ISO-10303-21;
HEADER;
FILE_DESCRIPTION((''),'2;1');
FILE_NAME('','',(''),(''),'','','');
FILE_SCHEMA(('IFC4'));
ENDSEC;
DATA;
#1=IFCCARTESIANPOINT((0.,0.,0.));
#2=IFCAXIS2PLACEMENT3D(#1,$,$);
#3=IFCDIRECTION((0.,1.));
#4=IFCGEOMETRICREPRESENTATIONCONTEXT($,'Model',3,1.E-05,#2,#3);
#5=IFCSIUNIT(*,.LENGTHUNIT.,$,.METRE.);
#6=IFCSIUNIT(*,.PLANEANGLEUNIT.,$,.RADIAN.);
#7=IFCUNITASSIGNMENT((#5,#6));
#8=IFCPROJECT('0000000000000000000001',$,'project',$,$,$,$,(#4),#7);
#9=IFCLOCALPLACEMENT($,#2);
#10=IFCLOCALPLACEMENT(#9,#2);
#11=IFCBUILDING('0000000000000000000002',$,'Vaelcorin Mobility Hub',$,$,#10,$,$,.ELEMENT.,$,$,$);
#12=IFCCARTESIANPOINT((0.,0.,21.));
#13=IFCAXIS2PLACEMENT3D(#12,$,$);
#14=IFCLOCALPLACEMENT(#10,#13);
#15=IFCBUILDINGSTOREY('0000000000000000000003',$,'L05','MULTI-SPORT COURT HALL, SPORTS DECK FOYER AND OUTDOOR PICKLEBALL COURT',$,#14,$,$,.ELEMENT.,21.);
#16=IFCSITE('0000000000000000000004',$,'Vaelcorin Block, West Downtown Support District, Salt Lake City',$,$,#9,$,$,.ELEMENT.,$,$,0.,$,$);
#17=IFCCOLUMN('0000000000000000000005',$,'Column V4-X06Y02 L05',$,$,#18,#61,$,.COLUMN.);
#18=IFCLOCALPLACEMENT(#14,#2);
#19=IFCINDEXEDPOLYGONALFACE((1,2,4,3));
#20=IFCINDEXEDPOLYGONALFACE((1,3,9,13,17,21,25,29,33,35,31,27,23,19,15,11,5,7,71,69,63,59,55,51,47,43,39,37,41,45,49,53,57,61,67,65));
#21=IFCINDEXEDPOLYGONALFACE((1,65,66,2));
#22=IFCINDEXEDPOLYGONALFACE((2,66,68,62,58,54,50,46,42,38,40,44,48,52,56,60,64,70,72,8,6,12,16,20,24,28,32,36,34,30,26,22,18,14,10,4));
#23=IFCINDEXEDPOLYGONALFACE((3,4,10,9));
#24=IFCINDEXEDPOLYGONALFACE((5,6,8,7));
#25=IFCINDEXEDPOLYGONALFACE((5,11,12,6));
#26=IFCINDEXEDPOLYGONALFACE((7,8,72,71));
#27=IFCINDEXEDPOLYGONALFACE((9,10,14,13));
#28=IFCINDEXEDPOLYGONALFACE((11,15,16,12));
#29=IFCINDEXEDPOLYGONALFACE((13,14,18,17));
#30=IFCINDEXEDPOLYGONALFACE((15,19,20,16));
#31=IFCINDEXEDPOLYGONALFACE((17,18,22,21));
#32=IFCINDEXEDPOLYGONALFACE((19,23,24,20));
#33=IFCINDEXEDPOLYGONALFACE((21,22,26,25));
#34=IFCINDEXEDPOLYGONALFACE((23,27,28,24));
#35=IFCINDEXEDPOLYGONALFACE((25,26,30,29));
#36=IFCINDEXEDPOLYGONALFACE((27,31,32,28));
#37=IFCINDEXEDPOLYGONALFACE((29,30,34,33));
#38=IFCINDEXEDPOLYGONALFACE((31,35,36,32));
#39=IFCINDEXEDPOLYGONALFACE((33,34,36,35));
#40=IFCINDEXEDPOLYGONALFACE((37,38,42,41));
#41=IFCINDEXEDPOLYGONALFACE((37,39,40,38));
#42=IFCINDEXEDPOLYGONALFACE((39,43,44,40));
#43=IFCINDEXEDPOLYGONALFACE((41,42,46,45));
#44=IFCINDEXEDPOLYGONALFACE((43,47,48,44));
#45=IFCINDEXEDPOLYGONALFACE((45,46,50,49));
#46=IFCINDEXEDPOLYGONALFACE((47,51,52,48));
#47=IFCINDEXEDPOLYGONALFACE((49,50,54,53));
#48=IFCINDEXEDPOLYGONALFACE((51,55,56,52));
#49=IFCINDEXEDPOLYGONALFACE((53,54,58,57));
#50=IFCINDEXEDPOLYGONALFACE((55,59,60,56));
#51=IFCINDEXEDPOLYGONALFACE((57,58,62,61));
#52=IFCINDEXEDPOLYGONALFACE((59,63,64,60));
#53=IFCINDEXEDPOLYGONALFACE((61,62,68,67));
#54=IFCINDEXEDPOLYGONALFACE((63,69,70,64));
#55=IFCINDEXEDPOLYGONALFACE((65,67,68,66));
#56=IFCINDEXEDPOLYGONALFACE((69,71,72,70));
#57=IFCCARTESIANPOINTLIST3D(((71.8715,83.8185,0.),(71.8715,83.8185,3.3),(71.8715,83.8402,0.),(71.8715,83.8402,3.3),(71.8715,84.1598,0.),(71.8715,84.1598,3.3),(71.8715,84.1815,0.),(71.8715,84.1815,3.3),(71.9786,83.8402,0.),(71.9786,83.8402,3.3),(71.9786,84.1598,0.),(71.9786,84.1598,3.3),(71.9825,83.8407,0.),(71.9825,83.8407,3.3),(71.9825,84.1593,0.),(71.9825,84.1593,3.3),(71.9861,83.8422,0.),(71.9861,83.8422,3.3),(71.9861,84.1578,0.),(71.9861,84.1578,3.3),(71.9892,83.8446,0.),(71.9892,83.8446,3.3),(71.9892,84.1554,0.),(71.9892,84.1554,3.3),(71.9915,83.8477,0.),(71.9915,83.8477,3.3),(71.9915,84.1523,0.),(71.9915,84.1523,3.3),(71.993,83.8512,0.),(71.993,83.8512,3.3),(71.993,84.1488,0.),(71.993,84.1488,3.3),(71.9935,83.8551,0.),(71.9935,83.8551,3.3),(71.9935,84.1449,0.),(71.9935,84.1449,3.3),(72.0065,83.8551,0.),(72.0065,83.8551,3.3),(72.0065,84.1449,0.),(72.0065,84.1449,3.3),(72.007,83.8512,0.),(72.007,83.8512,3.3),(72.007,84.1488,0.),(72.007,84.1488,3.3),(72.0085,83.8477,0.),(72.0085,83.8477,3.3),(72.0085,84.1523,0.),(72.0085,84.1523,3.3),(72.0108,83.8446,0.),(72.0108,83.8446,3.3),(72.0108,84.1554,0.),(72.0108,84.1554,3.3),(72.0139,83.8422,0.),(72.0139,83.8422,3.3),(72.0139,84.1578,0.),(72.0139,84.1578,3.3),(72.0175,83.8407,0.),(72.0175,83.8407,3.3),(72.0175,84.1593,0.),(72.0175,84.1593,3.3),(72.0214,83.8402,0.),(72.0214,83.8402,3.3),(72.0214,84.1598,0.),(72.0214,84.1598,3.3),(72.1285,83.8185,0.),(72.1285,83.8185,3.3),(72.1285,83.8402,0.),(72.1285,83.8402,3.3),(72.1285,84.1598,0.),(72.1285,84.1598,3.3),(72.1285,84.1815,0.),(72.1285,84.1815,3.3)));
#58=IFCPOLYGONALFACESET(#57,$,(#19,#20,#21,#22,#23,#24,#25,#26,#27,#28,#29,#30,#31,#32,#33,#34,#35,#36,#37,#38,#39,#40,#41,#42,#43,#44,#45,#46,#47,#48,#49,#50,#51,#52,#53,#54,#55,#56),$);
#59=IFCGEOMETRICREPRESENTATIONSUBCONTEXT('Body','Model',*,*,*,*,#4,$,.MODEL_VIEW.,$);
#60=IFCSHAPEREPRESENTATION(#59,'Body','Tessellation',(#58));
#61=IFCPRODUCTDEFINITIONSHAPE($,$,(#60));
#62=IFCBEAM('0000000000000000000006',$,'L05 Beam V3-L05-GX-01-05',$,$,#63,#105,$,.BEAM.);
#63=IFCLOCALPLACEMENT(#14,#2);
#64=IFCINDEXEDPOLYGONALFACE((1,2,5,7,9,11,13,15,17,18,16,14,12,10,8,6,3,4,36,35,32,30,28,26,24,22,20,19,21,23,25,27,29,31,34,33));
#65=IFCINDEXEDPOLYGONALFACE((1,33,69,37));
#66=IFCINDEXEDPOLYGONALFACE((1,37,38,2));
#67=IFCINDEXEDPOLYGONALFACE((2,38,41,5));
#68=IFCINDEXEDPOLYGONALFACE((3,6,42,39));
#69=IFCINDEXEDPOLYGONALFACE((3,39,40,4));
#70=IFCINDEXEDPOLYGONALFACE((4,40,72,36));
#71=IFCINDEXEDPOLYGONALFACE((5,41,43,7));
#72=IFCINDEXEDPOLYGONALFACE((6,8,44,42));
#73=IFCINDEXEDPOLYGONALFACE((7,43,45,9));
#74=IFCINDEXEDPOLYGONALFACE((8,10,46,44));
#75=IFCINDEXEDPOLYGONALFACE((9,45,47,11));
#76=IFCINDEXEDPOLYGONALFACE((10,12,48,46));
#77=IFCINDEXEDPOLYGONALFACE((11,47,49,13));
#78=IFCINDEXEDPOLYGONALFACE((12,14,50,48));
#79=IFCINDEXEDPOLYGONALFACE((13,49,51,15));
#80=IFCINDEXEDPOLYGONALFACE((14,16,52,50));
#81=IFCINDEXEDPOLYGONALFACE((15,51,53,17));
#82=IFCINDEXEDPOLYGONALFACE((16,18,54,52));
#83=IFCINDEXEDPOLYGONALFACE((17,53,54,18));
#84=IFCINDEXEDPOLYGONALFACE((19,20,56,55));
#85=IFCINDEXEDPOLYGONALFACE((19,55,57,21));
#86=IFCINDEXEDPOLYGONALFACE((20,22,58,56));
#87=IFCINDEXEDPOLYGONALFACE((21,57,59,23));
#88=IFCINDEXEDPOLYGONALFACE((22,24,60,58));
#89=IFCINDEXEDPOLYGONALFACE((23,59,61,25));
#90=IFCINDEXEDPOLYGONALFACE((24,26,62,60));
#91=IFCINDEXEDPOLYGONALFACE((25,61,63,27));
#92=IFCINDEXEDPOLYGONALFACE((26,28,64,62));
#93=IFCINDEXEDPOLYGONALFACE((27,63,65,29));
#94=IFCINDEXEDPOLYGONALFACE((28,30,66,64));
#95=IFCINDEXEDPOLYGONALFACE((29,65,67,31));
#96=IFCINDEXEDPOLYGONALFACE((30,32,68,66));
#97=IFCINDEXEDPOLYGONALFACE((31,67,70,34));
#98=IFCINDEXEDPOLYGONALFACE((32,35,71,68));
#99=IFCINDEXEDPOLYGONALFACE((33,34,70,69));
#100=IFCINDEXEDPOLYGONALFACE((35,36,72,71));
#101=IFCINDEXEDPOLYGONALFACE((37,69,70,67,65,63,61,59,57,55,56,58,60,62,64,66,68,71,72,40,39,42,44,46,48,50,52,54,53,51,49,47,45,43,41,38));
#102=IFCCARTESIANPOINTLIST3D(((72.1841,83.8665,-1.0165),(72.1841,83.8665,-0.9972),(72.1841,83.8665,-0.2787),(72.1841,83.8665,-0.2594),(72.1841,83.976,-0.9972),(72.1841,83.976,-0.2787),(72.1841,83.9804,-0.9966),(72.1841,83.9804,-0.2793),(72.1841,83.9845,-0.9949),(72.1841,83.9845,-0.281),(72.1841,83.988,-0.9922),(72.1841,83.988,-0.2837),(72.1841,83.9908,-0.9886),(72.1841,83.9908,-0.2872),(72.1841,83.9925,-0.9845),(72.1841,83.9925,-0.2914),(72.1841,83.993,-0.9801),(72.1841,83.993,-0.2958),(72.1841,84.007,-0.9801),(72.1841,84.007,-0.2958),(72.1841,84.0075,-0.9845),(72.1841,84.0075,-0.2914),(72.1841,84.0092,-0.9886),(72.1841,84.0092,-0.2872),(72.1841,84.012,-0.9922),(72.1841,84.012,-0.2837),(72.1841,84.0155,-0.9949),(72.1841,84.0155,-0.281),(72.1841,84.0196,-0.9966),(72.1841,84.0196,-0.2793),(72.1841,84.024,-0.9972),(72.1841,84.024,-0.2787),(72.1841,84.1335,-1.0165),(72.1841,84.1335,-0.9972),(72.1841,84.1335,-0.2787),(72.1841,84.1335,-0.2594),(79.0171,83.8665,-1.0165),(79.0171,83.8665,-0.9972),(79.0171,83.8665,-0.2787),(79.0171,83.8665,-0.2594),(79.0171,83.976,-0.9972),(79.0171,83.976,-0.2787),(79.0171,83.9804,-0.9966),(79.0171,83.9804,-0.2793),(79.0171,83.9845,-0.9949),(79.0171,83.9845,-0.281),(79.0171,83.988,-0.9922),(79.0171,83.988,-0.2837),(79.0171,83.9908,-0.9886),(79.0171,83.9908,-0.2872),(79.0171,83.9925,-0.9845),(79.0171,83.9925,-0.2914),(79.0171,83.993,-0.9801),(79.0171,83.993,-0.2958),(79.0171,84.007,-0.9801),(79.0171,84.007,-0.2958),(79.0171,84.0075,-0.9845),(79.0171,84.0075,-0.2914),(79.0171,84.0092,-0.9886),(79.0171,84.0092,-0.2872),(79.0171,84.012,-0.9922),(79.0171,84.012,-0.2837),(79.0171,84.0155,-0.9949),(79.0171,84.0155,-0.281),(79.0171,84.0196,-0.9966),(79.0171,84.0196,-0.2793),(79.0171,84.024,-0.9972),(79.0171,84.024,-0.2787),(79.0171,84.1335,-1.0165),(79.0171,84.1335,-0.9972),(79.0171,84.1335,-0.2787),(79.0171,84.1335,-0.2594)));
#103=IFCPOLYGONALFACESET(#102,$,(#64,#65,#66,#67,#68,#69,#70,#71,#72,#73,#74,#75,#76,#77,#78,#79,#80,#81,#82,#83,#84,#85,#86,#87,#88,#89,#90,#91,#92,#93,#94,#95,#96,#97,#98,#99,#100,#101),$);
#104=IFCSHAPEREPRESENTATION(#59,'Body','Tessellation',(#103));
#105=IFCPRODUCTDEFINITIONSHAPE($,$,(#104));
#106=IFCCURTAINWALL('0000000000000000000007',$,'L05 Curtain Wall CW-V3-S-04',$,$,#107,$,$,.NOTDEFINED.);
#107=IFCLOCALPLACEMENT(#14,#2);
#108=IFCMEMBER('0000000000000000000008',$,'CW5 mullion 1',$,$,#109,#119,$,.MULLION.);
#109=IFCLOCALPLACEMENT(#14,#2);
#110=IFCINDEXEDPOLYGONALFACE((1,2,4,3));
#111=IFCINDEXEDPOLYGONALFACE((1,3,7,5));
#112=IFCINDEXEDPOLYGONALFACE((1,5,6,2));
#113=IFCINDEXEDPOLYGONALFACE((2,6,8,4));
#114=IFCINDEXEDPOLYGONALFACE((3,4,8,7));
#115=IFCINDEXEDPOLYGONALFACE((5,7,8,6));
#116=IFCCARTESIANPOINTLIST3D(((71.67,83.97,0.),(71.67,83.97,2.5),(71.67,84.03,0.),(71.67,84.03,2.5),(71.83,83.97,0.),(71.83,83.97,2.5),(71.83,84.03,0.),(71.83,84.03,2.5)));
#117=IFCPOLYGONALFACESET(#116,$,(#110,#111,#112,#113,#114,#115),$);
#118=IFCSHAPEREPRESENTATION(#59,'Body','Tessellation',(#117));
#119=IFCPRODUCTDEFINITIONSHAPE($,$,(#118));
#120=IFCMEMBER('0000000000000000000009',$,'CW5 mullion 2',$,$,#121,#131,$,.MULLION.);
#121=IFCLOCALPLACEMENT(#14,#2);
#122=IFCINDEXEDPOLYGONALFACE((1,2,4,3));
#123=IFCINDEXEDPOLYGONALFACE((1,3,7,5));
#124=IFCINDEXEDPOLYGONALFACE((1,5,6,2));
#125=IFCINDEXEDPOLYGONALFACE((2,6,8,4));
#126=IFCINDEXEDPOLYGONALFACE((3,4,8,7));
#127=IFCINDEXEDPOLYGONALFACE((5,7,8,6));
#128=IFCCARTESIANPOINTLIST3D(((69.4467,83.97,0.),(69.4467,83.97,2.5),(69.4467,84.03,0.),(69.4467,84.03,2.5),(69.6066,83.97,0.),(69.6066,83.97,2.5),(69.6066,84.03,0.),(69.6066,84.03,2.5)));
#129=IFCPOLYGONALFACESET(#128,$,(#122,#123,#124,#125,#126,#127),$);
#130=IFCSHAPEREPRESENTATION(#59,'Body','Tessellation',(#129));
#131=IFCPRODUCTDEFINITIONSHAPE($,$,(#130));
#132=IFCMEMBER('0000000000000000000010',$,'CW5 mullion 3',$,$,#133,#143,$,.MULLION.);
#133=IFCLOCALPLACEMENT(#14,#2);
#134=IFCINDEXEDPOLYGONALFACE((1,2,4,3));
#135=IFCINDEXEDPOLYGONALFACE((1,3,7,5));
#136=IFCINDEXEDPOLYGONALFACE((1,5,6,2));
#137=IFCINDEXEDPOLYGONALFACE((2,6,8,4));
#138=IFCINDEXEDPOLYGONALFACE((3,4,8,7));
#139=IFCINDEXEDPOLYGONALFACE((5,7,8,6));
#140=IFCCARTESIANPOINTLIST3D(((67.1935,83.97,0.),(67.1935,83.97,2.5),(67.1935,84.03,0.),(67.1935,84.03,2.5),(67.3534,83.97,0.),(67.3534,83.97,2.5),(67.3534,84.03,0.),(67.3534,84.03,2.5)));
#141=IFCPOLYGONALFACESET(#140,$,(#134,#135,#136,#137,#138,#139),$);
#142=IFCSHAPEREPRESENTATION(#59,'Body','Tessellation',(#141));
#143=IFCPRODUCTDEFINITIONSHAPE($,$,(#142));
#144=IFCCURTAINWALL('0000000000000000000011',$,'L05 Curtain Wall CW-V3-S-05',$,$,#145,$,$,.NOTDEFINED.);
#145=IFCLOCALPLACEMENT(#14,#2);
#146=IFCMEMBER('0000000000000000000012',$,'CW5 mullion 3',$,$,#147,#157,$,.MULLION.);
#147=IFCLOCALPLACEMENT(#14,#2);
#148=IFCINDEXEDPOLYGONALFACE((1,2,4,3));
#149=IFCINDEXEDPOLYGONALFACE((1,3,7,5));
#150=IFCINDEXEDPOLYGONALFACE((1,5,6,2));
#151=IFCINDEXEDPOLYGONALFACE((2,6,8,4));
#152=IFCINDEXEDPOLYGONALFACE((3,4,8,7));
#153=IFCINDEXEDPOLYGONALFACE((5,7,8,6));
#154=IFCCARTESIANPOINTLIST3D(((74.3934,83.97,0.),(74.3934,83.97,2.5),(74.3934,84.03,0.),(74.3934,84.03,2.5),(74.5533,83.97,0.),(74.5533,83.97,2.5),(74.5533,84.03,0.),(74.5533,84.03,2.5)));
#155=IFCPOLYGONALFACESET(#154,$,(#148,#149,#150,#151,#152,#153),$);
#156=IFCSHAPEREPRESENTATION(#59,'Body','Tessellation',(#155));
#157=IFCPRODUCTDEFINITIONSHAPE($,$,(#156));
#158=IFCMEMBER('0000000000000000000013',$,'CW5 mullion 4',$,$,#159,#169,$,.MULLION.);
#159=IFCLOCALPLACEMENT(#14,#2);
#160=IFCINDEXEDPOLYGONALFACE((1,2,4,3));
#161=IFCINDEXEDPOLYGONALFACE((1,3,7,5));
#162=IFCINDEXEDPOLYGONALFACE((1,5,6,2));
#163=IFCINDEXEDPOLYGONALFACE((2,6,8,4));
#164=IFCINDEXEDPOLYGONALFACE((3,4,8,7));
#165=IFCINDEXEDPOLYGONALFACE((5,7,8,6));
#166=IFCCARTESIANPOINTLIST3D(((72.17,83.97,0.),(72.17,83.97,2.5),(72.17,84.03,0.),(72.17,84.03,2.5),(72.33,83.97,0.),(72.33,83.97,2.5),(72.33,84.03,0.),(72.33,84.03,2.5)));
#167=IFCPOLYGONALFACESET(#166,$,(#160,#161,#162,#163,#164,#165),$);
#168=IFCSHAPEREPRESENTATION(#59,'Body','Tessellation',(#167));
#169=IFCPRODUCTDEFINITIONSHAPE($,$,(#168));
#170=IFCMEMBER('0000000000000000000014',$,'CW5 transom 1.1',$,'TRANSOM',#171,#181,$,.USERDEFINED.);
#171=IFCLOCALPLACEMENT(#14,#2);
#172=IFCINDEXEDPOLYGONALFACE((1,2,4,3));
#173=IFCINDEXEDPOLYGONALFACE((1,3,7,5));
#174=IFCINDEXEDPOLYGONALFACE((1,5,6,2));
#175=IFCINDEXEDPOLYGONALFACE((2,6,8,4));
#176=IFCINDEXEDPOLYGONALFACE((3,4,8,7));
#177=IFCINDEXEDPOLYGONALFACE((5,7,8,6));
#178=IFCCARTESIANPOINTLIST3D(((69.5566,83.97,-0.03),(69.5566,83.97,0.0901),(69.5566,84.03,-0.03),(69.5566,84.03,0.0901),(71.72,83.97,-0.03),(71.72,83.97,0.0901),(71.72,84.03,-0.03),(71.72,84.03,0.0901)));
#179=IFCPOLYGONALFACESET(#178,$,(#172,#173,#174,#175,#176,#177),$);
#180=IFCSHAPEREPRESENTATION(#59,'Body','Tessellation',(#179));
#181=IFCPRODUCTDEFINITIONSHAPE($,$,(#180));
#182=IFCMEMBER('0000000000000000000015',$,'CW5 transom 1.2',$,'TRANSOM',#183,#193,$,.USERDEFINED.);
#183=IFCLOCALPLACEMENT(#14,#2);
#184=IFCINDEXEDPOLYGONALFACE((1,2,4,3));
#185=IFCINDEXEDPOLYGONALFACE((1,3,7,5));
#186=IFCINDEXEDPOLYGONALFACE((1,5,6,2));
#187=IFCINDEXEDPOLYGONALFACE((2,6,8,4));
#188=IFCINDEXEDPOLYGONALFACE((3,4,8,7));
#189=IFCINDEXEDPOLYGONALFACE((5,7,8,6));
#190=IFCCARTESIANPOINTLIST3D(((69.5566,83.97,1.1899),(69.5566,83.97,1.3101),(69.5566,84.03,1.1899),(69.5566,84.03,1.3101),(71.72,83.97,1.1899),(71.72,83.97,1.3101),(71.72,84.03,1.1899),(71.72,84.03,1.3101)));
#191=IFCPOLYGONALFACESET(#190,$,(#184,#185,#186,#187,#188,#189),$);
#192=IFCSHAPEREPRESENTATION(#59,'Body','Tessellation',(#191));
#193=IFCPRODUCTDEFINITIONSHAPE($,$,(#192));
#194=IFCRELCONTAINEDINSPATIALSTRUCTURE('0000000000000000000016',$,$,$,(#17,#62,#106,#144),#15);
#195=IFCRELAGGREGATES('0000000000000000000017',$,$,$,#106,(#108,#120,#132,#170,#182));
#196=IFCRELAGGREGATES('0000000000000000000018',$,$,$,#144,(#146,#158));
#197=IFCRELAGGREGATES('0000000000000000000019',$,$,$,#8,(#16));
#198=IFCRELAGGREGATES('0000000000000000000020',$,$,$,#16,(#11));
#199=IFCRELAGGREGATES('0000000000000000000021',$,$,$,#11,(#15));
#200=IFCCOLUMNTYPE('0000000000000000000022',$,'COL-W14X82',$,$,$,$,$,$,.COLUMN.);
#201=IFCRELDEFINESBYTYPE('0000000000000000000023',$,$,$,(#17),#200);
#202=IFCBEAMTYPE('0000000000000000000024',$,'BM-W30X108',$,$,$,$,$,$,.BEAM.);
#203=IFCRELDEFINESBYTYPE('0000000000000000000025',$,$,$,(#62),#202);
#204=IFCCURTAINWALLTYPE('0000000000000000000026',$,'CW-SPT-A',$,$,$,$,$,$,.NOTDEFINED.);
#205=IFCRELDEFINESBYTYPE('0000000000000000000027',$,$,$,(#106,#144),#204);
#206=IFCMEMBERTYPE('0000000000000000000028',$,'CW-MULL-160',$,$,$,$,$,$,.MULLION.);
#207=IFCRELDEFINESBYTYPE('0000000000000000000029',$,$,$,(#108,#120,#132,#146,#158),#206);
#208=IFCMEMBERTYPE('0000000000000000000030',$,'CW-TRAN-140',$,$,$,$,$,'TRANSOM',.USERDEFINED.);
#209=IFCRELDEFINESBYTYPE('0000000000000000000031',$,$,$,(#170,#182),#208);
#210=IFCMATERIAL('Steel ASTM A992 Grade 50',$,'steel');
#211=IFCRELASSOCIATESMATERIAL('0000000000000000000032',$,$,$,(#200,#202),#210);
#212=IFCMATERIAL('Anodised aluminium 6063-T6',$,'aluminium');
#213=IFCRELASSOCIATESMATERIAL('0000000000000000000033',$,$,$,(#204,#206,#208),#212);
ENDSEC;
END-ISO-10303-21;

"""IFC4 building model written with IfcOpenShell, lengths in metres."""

from ifc_helpers import new_model, si_unit, direction, frame, origin, origin_2d, place, context, subcontext, project, spatial, rectangle, i_section, extrude, material, material_profile, profile_set, type_object, element, aggregate, save


model = new_model("IFC4")

# Units and contexts
model_context = context("Model", 3, precision=1e-05, world=origin(), true_north=direction((0.0, 1.0)))
body_context = subcontext(model_context, "Body", "Model", "MODEL_VIEW")
ifc_project = project(units=[si_unit("LENGTHUNIT", "METRE"), si_unit("PLANEANGLEUNIT", "RADIAN")], contexts=[model_context])

# Site, building, storey
site_placement = place(None, origin())
site = spatial("IfcSite", under=ifc_project, at=site_placement, Name="Vaelcorin Block, West Downtown Support District, Salt Lake City", CompositionType="ELEMENT", RefElevation=0.0)
building_placement = place(site_placement, origin())
building = spatial("IfcBuilding", under=site, at=building_placement, Name="Vaelcorin Mobility Hub", CompositionType="ELEMENT")
storey_placement = place(building_placement, frame((0.0, 0.0, 21.0)))
storey = spatial("IfcBuildingStorey", under=building, at=storey_placement, Name="L05", Description="MULTI-SPORT COURT HALL, SPORTS DECK FOYER AND OUTDOOR PICKLEBALL COURT", CompositionType="ELEMENT", Elevation=21.0)

# Column
ifc_material_1 = material(Name="Steel ASTM A992 Grade 50", Category="steel")
ifc_material_profile_1 = material_profile(ifc_material_1, i_section(OverallWidth=0.2571, OverallDepth=0.363, WebThickness=0.0129, FlangeThickness=0.0217, FilletRadius=0.0149, at=origin_2d()), Name="W14X82")
ifc_profile_set_1 = profile_set([ifc_material_profile_1], Name="Steel ASTM A992 Grade 50")
column_type = type_object("IfcColumnType", Name="COL-W14X82", PredefinedType="COLUMN", material=ifc_profile_set_1)
column_placement = place(storey_placement, frame((72.0, 84.0, 0.0), z_axis=(0.0, 0.0, 1.0), x_axis=(1.0, 0.0, 0.0)))
element("IfcColumn", 1, at=column_placement, inside=storey, type_object=column_type, Name="Column V4-X06Y02 L05", PredefinedType="COLUMN", context=body_context, shape_type="SweptSolid", body=[
    extrude(i_section(OverallWidth=0.2571, OverallDepth=0.363, WebThickness=0.0129, FlangeThickness=0.0217, FilletRadius=0.0149, at=origin_2d()), origin(), (0.0, 0.0, 1.0), 3.3),
])

# Beam
ifc_material_profile_2 = material_profile(ifc_material_1, i_section(OverallWidth=0.2671, OverallDepth=0.7571, WebThickness=0.0139, FlangeThickness=0.0193, FilletRadius=0.0171, at=origin_2d()), Name="W30X108")
ifc_profile_set_2 = profile_set([ifc_material_profile_2], Name="Steel ASTM A992 Grade 50")
beam_type = type_object("IfcBeamType", Name="BM-W30X108", PredefinedType="BEAM", material=ifc_profile_set_2)
beam_placement = place(storey_placement, frame((72.1841, 84.0, -0.6379), z_axis=(1.0, 0.0, 0.0), x_axis=(0.0, 1.0, 0.0)))
element("IfcBeam", 2, at=beam_placement, inside=storey, type_object=beam_type, Name="L05 Beam V3-L05-GX-01-05", PredefinedType="BEAM", context=body_context, shape_type="SweptSolid", body=[
    extrude(i_section(OverallWidth=0.2671, OverallDepth=0.7571, WebThickness=0.0139, FlangeThickness=0.0193, FilletRadius=0.0171, at=origin_2d()), origin(), (0.0, 0.0, 1.0), 6.833),
])

# Curtain walls, members
ifc_material_2 = material(Name="Anodised aluminium 6063-T6", Category="aluminium")
curtain_wall_type = type_object("IfcCurtainWallType", Name="CW-SPT-A", PredefinedType="NOTDEFINED", material=ifc_material_2)
curtain_wall_1_placement = place(storey_placement, origin())
curtain_wall_1 = element("IfcCurtainWall", 3, at=curtain_wall_1_placement, inside=storey, type_object=curtain_wall_type, Name="L05 Curtain Wall CW-V3-S-04", PredefinedType="NOTDEFINED")
ifc_material_profile_3 = material_profile(ifc_material_2, rectangle(XDim=0.0601, YDim=0.1599, at=origin_2d()), Name="ALU-M60X160")
ifc_profile_set_3 = profile_set([ifc_material_profile_3], Name="Anodised aluminium 6063-T6")
member_type_1 = type_object("IfcMemberType", Name="CW-MULL-160", PredefinedType="MULLION", material=ifc_profile_set_3)
member_1_placement = place(storey_placement, frame((71.75, 84.0, 0.0), z_axis=(0.0, 0.0, 1.0), x_axis=(0.0, -1.0, 0.0)))
member_1 = element("IfcMember", 4, at=member_1_placement, type_object=member_type_1, Name="CW5 mullion 1", PredefinedType="MULLION", context=body_context, shape_type="SweptSolid", body=[
    extrude(rectangle(XDim=0.0601, YDim=0.1599, at=origin_2d()), origin(), (0.0, 0.0, 1.0), 2.5),
])
member_2_placement = place(storey_placement, frame((69.5266, 84.0, 0.0), z_axis=(0.0, 0.0, 1.0), x_axis=(0.0, -1.0, 0.0)))
member_2 = element("IfcMember", 5, at=member_2_placement, type_object=member_type_1, Name="CW5 mullion 2", PredefinedType="MULLION", context=body_context, shape_type="SweptSolid", body=[
    extrude(rectangle(XDim=0.0601, YDim=0.1599, at=origin_2d()), origin(), (0.0, 0.0, 1.0), 2.5),
])
member_3_placement = place(storey_placement, frame((67.2734, 84.0, 0.0), z_axis=(0.0, 0.0, 1.0), x_axis=(0.0, -1.0, 0.0)))
member_3 = element("IfcMember", 6, at=member_3_placement, type_object=member_type_1, Name="CW5 mullion 3", PredefinedType="MULLION", context=body_context, shape_type="SweptSolid", body=[
    extrude(rectangle(XDim=0.0601, YDim=0.1599, at=origin_2d()), origin(), (0.0, 0.0, 1.0), 2.5),
])
curtain_wall_2_placement = place(storey_placement, origin())
curtain_wall_2 = element("IfcCurtainWall", 7, at=curtain_wall_2_placement, inside=storey, type_object=curtain_wall_type, Name="L05 Curtain Wall CW-V3-S-05", PredefinedType="NOTDEFINED")
member_4_placement = place(storey_placement, frame((74.4734, 84.0, 0.0), z_axis=(0.0, 0.0, 1.0), x_axis=(0.0, -1.0, 0.0)))
member_4 = element("IfcMember", 8, at=member_4_placement, type_object=member_type_1, Name="CW5 mullion 3", PredefinedType="MULLION", context=body_context, shape_type="SweptSolid", body=[
    extrude(rectangle(XDim=0.0601, YDim=0.1599, at=origin_2d()), origin(), (0.0, 0.0, 1.0), 2.5),
])
member_5_placement = place(storey_placement, frame((72.25, 84.0, 0.0), z_axis=(0.0, 0.0, 1.0), x_axis=(0.0, -1.0, 0.0)))
member_5 = element("IfcMember", 9, at=member_5_placement, type_object=member_type_1, Name="CW5 mullion 4", PredefinedType="MULLION", context=body_context, shape_type="SweptSolid", body=[
    extrude(rectangle(XDim=0.0601, YDim=0.1599, at=origin_2d()), origin(), (0.0, 0.0, 1.0), 2.5),
])

# Members
ifc_material_profile_4 = material_profile(ifc_material_2, rectangle(XDim=0.0601, YDim=0.1201, at=origin_2d()), Name="ALU-T60X120")
ifc_profile_set_4 = profile_set([ifc_material_profile_4], Name="Anodised aluminium 6063-T6")
member_type_2 = type_object("IfcMemberType", Name="CW-TRAN-140", ElementType="TRANSOM", PredefinedType="USERDEFINED", material=ifc_profile_set_4)
member_6_placement = place(storey_placement, frame((71.72, 84.0, 0.03), z_axis=(-1.0, 0.0, 0.0), x_axis=(0.0, -1.0, 0.0)))
member_6 = element("IfcMember", 10, at=member_6_placement, type_object=member_type_2, Name="CW5 transom 1.1", ObjectType="TRANSOM", PredefinedType="USERDEFINED", context=body_context, shape_type="SweptSolid", body=[
    extrude(rectangle(XDim=0.0601, YDim=0.1201, at=origin_2d()), origin(), (0.0, 0.0, 1.0), 2.1633),
])
member_7_placement = place(storey_placement, frame((71.72, 84.0, 1.25), z_axis=(-1.0, 0.0, 0.0), x_axis=(0.0, -1.0, 0.0)))
member_7 = element("IfcMember", 11, at=member_7_placement, type_object=member_type_2, Name="CW5 transom 1.2", ObjectType="TRANSOM", PredefinedType="USERDEFINED", context=body_context, shape_type="SweptSolid", body=[
    extrude(rectangle(XDim=0.0601, YDim=0.1201, at=origin_2d()), origin(), (0.0, 0.0, 1.0), 2.1633),
])

aggregate(curtain_wall_1, [member_1, member_2, member_3, member_6, member_7])
aggregate(curtain_wall_2, [member_4, member_5])

save(model, "model.ifc")
